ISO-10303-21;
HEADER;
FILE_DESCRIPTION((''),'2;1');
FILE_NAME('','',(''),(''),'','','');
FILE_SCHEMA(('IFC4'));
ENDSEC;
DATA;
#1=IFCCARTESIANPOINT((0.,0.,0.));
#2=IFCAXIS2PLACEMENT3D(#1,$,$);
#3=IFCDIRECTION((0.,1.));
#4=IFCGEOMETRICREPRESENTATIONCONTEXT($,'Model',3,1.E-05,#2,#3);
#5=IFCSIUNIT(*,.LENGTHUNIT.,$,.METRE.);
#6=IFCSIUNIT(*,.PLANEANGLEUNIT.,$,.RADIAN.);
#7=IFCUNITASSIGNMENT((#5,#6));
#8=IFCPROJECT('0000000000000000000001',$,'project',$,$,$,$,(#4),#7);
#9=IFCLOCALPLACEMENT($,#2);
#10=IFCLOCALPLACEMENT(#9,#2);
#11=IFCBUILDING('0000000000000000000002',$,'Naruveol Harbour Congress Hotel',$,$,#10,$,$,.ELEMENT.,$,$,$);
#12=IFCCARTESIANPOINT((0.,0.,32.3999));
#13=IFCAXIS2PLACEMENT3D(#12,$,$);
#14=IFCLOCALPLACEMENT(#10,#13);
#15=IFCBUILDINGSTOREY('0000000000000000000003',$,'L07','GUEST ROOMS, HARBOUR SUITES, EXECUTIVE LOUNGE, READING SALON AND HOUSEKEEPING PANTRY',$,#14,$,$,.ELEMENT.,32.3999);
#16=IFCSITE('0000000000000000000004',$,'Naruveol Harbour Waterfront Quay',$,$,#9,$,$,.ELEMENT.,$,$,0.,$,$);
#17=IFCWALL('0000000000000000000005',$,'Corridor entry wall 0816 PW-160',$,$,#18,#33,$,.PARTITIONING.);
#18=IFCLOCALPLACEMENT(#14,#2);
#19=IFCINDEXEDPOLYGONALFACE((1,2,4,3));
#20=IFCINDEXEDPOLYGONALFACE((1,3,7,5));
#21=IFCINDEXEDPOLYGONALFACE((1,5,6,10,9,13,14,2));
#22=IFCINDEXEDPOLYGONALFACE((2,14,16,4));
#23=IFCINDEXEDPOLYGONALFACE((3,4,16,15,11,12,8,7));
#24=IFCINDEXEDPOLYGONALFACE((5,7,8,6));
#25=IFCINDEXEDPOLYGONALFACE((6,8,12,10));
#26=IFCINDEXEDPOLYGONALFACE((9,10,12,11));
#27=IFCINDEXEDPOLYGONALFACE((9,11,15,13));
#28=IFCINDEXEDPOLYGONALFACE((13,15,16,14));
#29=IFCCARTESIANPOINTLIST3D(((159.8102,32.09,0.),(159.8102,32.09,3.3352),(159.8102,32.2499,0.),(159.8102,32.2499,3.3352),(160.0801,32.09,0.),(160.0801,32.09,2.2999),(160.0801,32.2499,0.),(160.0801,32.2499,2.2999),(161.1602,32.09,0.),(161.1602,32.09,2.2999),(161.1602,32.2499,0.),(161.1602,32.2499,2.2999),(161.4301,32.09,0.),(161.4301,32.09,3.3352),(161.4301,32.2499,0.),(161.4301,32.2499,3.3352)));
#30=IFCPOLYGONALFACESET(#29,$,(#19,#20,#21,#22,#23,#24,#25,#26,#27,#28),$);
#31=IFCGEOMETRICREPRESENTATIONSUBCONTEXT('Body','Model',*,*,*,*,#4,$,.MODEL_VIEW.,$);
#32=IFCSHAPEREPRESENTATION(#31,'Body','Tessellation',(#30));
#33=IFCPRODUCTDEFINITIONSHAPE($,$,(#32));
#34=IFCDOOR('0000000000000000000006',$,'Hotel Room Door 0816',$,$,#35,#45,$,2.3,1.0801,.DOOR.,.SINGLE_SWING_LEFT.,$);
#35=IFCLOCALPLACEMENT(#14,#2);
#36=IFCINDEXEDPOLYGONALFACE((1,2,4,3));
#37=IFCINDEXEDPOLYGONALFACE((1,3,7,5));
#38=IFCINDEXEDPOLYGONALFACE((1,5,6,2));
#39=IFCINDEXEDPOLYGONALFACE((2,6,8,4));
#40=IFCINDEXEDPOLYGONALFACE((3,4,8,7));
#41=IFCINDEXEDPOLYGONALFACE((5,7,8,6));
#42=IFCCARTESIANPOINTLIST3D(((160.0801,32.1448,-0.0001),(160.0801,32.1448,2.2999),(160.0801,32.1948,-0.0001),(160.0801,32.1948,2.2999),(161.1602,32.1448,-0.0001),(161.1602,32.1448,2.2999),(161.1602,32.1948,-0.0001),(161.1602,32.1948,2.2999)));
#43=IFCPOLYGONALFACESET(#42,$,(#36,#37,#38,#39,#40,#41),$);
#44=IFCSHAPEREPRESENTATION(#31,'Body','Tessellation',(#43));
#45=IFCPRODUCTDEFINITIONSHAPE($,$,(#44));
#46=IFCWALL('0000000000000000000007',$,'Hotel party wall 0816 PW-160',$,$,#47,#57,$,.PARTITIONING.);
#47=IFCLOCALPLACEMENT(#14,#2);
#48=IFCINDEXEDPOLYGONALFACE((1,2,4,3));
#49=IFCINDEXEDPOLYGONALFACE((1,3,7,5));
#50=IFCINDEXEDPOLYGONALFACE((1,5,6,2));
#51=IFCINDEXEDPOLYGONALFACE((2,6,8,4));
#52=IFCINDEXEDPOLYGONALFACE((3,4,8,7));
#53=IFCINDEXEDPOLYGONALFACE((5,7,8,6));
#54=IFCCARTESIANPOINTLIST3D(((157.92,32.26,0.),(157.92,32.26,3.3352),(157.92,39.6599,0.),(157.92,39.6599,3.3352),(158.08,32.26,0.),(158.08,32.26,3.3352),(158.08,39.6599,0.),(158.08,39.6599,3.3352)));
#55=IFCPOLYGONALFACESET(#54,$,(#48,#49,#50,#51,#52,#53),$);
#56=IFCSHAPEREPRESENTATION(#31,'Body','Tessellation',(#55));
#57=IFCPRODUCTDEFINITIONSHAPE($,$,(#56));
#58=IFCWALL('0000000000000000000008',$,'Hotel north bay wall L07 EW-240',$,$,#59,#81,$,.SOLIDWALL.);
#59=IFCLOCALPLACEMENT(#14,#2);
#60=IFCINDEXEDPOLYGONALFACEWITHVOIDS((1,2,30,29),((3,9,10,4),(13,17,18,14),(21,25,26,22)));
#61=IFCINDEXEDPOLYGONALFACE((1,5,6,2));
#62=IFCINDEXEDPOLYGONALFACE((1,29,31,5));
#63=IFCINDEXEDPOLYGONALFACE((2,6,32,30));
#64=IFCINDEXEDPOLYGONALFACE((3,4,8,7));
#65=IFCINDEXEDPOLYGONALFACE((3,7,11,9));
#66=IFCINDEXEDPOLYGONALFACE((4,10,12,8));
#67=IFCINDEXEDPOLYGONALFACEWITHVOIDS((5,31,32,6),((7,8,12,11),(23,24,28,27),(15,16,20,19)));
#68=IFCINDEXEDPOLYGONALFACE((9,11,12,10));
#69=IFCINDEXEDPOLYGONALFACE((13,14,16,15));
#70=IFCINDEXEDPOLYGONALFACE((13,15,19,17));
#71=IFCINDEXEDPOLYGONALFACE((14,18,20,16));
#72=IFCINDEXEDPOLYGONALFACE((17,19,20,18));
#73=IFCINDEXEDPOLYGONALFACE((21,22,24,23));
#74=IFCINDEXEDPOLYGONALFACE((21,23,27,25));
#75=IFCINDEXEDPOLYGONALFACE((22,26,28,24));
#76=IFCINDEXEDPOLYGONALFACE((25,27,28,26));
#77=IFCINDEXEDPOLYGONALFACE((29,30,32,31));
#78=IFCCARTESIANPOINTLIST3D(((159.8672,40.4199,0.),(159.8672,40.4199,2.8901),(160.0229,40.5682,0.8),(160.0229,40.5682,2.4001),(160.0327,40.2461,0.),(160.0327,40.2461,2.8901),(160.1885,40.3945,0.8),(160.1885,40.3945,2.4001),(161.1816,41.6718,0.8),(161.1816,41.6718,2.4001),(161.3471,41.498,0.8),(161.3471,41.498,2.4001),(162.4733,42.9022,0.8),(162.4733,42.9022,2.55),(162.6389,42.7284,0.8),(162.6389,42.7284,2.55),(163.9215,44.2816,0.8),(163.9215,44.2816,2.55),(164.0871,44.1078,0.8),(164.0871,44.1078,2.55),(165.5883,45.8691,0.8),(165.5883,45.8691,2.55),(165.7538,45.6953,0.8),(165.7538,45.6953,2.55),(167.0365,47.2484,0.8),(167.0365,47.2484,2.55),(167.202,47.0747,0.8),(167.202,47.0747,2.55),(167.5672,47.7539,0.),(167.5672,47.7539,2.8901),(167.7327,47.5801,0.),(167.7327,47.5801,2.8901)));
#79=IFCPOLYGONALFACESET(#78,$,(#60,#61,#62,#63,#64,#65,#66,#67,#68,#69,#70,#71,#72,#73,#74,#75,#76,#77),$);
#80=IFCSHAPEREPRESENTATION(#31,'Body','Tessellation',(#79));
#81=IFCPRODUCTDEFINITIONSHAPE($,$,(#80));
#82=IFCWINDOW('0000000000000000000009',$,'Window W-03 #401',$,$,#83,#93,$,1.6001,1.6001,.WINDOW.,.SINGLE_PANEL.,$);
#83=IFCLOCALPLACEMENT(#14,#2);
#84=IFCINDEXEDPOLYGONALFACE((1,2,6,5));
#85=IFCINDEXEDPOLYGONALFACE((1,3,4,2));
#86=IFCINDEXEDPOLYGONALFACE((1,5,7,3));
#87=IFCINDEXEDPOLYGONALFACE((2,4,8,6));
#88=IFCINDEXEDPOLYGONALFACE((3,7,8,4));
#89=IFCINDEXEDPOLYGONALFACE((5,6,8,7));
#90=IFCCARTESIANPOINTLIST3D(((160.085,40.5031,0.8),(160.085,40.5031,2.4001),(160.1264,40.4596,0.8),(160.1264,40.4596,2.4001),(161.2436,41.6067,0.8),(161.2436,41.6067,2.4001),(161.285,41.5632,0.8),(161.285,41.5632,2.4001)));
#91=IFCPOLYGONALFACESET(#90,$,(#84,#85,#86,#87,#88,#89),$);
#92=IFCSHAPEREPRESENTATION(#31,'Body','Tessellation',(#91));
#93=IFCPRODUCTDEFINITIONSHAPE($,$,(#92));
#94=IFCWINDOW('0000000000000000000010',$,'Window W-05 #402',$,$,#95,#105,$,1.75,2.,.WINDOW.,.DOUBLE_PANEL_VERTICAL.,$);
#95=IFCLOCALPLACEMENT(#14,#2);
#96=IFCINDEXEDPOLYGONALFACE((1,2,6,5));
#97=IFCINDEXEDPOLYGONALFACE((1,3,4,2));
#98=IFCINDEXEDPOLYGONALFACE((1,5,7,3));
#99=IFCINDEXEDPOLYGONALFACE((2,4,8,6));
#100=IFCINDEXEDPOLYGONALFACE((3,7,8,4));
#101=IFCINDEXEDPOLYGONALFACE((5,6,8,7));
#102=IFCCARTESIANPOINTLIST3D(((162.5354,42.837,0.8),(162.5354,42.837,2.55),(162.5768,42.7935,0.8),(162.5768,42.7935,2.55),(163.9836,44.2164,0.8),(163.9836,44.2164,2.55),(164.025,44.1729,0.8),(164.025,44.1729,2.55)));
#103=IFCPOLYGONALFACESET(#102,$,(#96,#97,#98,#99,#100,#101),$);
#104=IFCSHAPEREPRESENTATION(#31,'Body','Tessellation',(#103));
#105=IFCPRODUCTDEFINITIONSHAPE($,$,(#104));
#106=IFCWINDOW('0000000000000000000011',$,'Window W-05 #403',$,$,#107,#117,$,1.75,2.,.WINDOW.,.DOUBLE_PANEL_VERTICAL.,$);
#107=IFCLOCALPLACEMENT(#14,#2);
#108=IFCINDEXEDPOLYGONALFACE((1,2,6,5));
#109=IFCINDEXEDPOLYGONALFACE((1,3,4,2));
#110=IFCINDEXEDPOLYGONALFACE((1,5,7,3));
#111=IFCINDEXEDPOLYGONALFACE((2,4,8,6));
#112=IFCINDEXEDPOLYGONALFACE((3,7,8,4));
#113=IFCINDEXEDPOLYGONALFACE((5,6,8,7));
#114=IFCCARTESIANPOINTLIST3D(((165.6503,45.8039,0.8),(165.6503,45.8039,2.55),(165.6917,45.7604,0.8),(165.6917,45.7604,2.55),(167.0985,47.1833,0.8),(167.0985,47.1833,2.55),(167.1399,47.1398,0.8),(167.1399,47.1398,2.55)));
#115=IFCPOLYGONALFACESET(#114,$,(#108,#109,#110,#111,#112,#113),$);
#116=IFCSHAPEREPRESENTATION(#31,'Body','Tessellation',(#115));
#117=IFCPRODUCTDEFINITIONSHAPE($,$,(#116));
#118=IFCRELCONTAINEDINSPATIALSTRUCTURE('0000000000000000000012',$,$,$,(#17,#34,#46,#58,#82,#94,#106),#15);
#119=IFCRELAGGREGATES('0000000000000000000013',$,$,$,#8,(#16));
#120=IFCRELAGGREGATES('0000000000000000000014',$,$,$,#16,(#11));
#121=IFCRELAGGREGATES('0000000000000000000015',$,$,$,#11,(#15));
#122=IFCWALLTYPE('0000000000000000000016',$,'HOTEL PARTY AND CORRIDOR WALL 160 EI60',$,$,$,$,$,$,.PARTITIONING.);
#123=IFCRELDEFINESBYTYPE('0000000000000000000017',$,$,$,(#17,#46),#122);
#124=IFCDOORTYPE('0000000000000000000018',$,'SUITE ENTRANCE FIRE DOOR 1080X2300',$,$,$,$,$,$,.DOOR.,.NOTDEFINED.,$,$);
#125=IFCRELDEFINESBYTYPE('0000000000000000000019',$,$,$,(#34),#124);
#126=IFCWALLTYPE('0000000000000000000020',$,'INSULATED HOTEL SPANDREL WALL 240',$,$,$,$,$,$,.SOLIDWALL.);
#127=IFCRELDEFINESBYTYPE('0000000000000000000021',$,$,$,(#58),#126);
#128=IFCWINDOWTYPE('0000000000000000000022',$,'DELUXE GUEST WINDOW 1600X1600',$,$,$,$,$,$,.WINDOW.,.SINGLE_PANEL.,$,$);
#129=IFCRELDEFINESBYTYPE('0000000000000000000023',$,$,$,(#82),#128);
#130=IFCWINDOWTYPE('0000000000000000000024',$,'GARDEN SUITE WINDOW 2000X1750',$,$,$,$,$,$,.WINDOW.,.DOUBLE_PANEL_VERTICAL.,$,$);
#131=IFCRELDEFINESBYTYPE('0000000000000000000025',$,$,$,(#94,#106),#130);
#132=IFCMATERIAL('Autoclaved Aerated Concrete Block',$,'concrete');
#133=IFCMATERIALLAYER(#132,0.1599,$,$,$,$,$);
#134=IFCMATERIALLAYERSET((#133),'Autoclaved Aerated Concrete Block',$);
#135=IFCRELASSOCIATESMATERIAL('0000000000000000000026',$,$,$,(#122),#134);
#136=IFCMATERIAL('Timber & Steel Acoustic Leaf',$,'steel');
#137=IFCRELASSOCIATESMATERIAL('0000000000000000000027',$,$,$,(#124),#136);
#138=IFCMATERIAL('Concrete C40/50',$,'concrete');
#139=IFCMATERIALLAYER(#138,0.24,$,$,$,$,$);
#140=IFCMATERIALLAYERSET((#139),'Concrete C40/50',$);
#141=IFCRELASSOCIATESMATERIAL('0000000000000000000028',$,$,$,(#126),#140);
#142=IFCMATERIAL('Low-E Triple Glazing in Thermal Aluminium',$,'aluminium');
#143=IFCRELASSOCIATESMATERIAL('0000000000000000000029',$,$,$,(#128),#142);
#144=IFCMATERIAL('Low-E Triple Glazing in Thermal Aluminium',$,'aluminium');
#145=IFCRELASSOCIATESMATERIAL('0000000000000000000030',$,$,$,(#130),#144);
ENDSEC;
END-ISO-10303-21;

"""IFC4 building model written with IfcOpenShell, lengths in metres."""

from ifc_helpers import new_model, si_unit, direction, frame, frame_2d, origin, place, context, subcontext, project, spatial, rectangle, extrude, material, layer, layer_set, type_object, element, fill, save


model = new_model("IFC4")

# Units and contexts
model_context = context("Model", 3, precision=1e-05, world=origin(), true_north=direction((0.0, 1.0)))
body_context = subcontext(model_context, "Body", "Model", "MODEL_VIEW")
ifc_project = project(units=[si_unit("LENGTHUNIT", "METRE"), si_unit("PLANEANGLEUNIT", "RADIAN")], contexts=[model_context])

# Site, building, storey
site_placement = place(None, origin())
site = spatial("IfcSite", under=ifc_project, at=site_placement, Name="Naruveol Harbour Waterfront Quay", CompositionType="ELEMENT", RefElevation=0.0)
building_placement = place(site_placement, origin())
building = spatial("IfcBuilding", under=site, at=building_placement, Name="Naruveol Harbour Congress Hotel", CompositionType="ELEMENT")
storey_placement = place(building_placement, frame((0.0, 0.0, 32.3999)))
storey = spatial("IfcBuildingStorey", under=building, at=storey_placement, Name="L07", Description="GUEST ROOMS, HARBOUR SUITES, EXECUTIVE LOUNGE, READING SALON AND HOUSEKEEPING PANTRY", CompositionType="ELEMENT", Elevation=32.3999)

# Shared definitions
ifc_material_1 = material(Name="Autoclaved Aerated Concrete Block", Category="concrete")
ifc_layer_1 = layer(ifc_material_1, 0.1599)
ifc_layer_set_1 = layer_set([ifc_layer_1], Name="Autoclaved Aerated Concrete Block")
wall_type_1 = type_object("IfcWallType", Name="HOTEL PARTY AND CORRIDOR WALL 160 EI60", PredefinedType="PARTITIONING", material=ifc_layer_set_1)

# Wall, opening, door
wall_1_placement = place(storey_placement, frame((159.8101, 32.1699, 0.0), z_axis=(0.0, 0.0, 1.0), x_axis=(1.0, 0.0, 0.0)))
wall_1 = element("IfcWall", 1, at=wall_1_placement, inside=storey, type_object=wall_type_1, Name="Corridor entry wall 0816 PW-160", PredefinedType="PARTITIONING", context=body_context, shape_type="SweptSolid", body=[
    extrude(rectangle(XDim=1.6199, YDim=0.1599, at=frame_2d((0.8101, 0.0))), origin(), (0.0, 0.0, 1.0), 3.3352),
])
opening_1_placement = place(wall_1_placement, frame((0.27, 0.0, 0.0)))
opening_1 = element("IfcOpeningElement", 2, at=opening_1_placement, cuts=wall_1, PredefinedType="OPENING", context=body_context, shape_type="SweptSolid", body=[
    extrude(rectangle(XDim=1.0801, YDim=2.3, at=frame_2d((0.54, 1.1499))), frame((0.0, 0.0898, 0.0), z_axis=(0.0, -1.0, 0.0), x_axis=(1.0, 0.0, 0.0)), (0.0, 0.0, 1.0), 0.1799),
])
ifc_material_2 = material(Name="Timber & Steel Acoustic Leaf", Category="steel")
door_type_1 = type_object("IfcDoorType", Name="SUITE ENTRANCE FIRE DOOR 1080X2300", OperationType="NOTDEFINED", PredefinedType="DOOR", material=ifc_material_2)
door_1_placement = place(opening_1_placement, origin())
door_1 = element("IfcDoor", 3, at=door_1_placement, inside=storey, type_object=door_type_1, Name="Hotel Room Door 0816", OperationType="SINGLE_SWING_LEFT", OverallHeight=2.3, OverallWidth=1.0801, PredefinedType="DOOR", context=body_context, shape_type="SweptSolid", body=[
    extrude(rectangle(XDim=1.0801, YDim=2.3, at=frame_2d((0.54, 1.1499))), frame((0.0, 0.0249, 0.0), z_axis=(0.0, -1.0, 0.0), x_axis=(1.0, 0.0, 0.0)), (0.0, 0.0, 1.0), 0.05),
])
fill(opening_1, door_1)

# Wall
wall_2_placement = place(storey_placement, frame((158.0, 32.26, 0.0), z_axis=(0.0, 0.0, 1.0), x_axis=(0.0, 1.0, 0.0)))
element("IfcWall", 4, at=wall_2_placement, inside=storey, type_object=wall_type_1, Name="Hotel party wall 0816 PW-160", PredefinedType="PARTITIONING", context=body_context, shape_type="SweptSolid", body=[
    extrude(rectangle(XDim=7.3999, YDim=0.1599, at=frame_2d((3.7, 0.0))), origin(), (0.0, 0.0, 1.0), 3.3352),
])

# Wall, openings, windows
ifc_material_3 = material(Name="Concrete C40/50", Category="concrete")
ifc_layer_2 = layer(ifc_material_3, 0.24)
ifc_layer_set_2 = layer_set([ifc_layer_2], Name="Concrete C40/50")
wall_type_2 = type_object("IfcWallType", Name="INSULATED HOTEL SPANDREL WALL 240", PredefinedType="SOLIDWALL", material=ifc_layer_set_2)
wall_3_placement = place(storey_placement, frame((159.95, 40.333, 0.0), z_axis=(0.0, 0.0, 1.0), x_axis=(0.724105, 0.68969, 0.0)))
wall_3 = element("IfcWall", 5, at=wall_3_placement, inside=storey, type_object=wall_type_2, Name="Hotel north bay wall L07 EW-240", PredefinedType="SOLIDWALL", context=body_context, shape_type="SweptSolid", body=[
    extrude(rectangle(XDim=10.6338, YDim=0.24, at=frame_2d((5.3169, 0.0))), origin(), (0.0, 0.0, 1.0), 2.8901),
])
opening_2_placement = place(wall_3_placement, frame((0.2151, 0.0, 0.8)))
opening_2 = element("IfcOpeningElement", 6, at=opening_2_placement, cuts=wall_3, PredefinedType="OPENING", context=body_context, shape_type="SweptSolid", body=[
    extrude(rectangle(XDim=1.6001, YDim=1.6001, at=frame_2d((0.8, 0.8))), frame((0.0, 0.1299, 0.0), z_axis=(0.0, -1.0, 0.0), x_axis=(1.0, 0.0, 0.0)), (0.0, 0.0, 1.0), 0.26),
])
opening_3_placement = place(wall_3_placement, frame((3.5991, 0.0, 0.8)))
opening_3 = element("IfcOpeningElement", 7, at=opening_3_placement, cuts=wall_3, PredefinedType="OPENING", context=body_context, shape_type="SweptSolid", body=[
    extrude(rectangle(XDim=2.0, YDim=1.75, at=frame_2d((1.0, 0.875))), frame((0.0, 0.1299, 0.0), z_axis=(0.0, -1.0, 0.0), x_axis=(1.0, 0.0, 0.0)), (0.0, 0.0, 1.0), 0.26),
])
opening_4_placement = place(wall_3_placement, frame((7.9009, 0.0, 0.8)))
opening_4 = element("IfcOpeningElement", 8, at=opening_4_placement, cuts=wall_3, PredefinedType="OPENING", context=body_context, shape_type="SweptSolid", body=[
    extrude(rectangle(XDim=2.0, YDim=1.75, at=frame_2d((1.0, 0.875))), frame((0.0, 0.1299, 0.0), z_axis=(0.0, -1.0, 0.0), x_axis=(1.0, 0.0, 0.0)), (0.0, 0.0, 1.0), 0.26),
])
ifc_material_4 = material(Name="Low-E Triple Glazing in Thermal Aluminium", Category="aluminium")
window_type_1 = type_object("IfcWindowType", Name="DELUXE GUEST WINDOW 1600X1600", PartitioningType="SINGLE_PANEL", PredefinedType="WINDOW", material=ifc_material_4)
window_1_placement = place(opening_2_placement, origin())
window_1 = element("IfcWindow", 9, at=window_1_placement, inside=storey, type_object=window_type_1, Name="Window W-03 #401", OverallHeight=1.6001, OverallWidth=1.6001, PartitioningType="SINGLE_PANEL", PredefinedType="WINDOW", context=body_context, shape_type="SweptSolid", body=[
    extrude(rectangle(XDim=1.6001, YDim=1.6001, at=frame_2d((0.8, 0.8))), frame((0.0, 0.03, 0.0), z_axis=(0.0, -1.0, 0.0), x_axis=(1.0, 0.0, 0.0)), (0.0, 0.0, 1.0), 0.0601),
])
fill(opening_2, window_1)
ifc_material_5 = material(Name="Low-E Triple Glazing in Thermal Aluminium", Category="aluminium")
window_type_2 = type_object("IfcWindowType", Name="GARDEN SUITE WINDOW 2000X1750", PartitioningType="DOUBLE_PANEL_VERTICAL", PredefinedType="WINDOW", material=ifc_material_5)
window_2_placement = place(opening_3_placement, origin())
window_2 = element("IfcWindow", 10, at=window_2_placement, inside=storey, type_object=window_type_2, Name="Window W-05 #402", OverallHeight=1.75, OverallWidth=2.0, PartitioningType="DOUBLE_PANEL_VERTICAL", PredefinedType="WINDOW", context=body_context, shape_type="SweptSolid", body=[
    extrude(rectangle(XDim=2.0, YDim=1.75, at=frame_2d((1.0, 0.875))), frame((0.0, 0.03, 0.0), z_axis=(0.0, -1.0, 0.0), x_axis=(1.0, 0.0, 0.0)), (0.0, 0.0, 1.0), 0.0601),
])
fill(opening_3, window_2)
window_3_placement = place(opening_4_placement, origin())
window_3 = element("IfcWindow", 11, at=window_3_placement, inside=storey, type_object=window_type_2, Name="Window W-05 #403", OverallHeight=1.75, OverallWidth=2.0, PartitioningType="DOUBLE_PANEL_VERTICAL", PredefinedType="WINDOW", context=body_context, shape_type="SweptSolid", body=[
    extrude(rectangle(XDim=2.0, YDim=1.75, at=frame_2d((1.0, 0.875))), frame((0.0, 0.03, 0.0), z_axis=(0.0, -1.0, 0.0), x_axis=(1.0, 0.0, 0.0)), (0.0, 0.0, 1.0), 0.0601),
])
fill(opening_4, window_3)

save(model, "model.ifc")
